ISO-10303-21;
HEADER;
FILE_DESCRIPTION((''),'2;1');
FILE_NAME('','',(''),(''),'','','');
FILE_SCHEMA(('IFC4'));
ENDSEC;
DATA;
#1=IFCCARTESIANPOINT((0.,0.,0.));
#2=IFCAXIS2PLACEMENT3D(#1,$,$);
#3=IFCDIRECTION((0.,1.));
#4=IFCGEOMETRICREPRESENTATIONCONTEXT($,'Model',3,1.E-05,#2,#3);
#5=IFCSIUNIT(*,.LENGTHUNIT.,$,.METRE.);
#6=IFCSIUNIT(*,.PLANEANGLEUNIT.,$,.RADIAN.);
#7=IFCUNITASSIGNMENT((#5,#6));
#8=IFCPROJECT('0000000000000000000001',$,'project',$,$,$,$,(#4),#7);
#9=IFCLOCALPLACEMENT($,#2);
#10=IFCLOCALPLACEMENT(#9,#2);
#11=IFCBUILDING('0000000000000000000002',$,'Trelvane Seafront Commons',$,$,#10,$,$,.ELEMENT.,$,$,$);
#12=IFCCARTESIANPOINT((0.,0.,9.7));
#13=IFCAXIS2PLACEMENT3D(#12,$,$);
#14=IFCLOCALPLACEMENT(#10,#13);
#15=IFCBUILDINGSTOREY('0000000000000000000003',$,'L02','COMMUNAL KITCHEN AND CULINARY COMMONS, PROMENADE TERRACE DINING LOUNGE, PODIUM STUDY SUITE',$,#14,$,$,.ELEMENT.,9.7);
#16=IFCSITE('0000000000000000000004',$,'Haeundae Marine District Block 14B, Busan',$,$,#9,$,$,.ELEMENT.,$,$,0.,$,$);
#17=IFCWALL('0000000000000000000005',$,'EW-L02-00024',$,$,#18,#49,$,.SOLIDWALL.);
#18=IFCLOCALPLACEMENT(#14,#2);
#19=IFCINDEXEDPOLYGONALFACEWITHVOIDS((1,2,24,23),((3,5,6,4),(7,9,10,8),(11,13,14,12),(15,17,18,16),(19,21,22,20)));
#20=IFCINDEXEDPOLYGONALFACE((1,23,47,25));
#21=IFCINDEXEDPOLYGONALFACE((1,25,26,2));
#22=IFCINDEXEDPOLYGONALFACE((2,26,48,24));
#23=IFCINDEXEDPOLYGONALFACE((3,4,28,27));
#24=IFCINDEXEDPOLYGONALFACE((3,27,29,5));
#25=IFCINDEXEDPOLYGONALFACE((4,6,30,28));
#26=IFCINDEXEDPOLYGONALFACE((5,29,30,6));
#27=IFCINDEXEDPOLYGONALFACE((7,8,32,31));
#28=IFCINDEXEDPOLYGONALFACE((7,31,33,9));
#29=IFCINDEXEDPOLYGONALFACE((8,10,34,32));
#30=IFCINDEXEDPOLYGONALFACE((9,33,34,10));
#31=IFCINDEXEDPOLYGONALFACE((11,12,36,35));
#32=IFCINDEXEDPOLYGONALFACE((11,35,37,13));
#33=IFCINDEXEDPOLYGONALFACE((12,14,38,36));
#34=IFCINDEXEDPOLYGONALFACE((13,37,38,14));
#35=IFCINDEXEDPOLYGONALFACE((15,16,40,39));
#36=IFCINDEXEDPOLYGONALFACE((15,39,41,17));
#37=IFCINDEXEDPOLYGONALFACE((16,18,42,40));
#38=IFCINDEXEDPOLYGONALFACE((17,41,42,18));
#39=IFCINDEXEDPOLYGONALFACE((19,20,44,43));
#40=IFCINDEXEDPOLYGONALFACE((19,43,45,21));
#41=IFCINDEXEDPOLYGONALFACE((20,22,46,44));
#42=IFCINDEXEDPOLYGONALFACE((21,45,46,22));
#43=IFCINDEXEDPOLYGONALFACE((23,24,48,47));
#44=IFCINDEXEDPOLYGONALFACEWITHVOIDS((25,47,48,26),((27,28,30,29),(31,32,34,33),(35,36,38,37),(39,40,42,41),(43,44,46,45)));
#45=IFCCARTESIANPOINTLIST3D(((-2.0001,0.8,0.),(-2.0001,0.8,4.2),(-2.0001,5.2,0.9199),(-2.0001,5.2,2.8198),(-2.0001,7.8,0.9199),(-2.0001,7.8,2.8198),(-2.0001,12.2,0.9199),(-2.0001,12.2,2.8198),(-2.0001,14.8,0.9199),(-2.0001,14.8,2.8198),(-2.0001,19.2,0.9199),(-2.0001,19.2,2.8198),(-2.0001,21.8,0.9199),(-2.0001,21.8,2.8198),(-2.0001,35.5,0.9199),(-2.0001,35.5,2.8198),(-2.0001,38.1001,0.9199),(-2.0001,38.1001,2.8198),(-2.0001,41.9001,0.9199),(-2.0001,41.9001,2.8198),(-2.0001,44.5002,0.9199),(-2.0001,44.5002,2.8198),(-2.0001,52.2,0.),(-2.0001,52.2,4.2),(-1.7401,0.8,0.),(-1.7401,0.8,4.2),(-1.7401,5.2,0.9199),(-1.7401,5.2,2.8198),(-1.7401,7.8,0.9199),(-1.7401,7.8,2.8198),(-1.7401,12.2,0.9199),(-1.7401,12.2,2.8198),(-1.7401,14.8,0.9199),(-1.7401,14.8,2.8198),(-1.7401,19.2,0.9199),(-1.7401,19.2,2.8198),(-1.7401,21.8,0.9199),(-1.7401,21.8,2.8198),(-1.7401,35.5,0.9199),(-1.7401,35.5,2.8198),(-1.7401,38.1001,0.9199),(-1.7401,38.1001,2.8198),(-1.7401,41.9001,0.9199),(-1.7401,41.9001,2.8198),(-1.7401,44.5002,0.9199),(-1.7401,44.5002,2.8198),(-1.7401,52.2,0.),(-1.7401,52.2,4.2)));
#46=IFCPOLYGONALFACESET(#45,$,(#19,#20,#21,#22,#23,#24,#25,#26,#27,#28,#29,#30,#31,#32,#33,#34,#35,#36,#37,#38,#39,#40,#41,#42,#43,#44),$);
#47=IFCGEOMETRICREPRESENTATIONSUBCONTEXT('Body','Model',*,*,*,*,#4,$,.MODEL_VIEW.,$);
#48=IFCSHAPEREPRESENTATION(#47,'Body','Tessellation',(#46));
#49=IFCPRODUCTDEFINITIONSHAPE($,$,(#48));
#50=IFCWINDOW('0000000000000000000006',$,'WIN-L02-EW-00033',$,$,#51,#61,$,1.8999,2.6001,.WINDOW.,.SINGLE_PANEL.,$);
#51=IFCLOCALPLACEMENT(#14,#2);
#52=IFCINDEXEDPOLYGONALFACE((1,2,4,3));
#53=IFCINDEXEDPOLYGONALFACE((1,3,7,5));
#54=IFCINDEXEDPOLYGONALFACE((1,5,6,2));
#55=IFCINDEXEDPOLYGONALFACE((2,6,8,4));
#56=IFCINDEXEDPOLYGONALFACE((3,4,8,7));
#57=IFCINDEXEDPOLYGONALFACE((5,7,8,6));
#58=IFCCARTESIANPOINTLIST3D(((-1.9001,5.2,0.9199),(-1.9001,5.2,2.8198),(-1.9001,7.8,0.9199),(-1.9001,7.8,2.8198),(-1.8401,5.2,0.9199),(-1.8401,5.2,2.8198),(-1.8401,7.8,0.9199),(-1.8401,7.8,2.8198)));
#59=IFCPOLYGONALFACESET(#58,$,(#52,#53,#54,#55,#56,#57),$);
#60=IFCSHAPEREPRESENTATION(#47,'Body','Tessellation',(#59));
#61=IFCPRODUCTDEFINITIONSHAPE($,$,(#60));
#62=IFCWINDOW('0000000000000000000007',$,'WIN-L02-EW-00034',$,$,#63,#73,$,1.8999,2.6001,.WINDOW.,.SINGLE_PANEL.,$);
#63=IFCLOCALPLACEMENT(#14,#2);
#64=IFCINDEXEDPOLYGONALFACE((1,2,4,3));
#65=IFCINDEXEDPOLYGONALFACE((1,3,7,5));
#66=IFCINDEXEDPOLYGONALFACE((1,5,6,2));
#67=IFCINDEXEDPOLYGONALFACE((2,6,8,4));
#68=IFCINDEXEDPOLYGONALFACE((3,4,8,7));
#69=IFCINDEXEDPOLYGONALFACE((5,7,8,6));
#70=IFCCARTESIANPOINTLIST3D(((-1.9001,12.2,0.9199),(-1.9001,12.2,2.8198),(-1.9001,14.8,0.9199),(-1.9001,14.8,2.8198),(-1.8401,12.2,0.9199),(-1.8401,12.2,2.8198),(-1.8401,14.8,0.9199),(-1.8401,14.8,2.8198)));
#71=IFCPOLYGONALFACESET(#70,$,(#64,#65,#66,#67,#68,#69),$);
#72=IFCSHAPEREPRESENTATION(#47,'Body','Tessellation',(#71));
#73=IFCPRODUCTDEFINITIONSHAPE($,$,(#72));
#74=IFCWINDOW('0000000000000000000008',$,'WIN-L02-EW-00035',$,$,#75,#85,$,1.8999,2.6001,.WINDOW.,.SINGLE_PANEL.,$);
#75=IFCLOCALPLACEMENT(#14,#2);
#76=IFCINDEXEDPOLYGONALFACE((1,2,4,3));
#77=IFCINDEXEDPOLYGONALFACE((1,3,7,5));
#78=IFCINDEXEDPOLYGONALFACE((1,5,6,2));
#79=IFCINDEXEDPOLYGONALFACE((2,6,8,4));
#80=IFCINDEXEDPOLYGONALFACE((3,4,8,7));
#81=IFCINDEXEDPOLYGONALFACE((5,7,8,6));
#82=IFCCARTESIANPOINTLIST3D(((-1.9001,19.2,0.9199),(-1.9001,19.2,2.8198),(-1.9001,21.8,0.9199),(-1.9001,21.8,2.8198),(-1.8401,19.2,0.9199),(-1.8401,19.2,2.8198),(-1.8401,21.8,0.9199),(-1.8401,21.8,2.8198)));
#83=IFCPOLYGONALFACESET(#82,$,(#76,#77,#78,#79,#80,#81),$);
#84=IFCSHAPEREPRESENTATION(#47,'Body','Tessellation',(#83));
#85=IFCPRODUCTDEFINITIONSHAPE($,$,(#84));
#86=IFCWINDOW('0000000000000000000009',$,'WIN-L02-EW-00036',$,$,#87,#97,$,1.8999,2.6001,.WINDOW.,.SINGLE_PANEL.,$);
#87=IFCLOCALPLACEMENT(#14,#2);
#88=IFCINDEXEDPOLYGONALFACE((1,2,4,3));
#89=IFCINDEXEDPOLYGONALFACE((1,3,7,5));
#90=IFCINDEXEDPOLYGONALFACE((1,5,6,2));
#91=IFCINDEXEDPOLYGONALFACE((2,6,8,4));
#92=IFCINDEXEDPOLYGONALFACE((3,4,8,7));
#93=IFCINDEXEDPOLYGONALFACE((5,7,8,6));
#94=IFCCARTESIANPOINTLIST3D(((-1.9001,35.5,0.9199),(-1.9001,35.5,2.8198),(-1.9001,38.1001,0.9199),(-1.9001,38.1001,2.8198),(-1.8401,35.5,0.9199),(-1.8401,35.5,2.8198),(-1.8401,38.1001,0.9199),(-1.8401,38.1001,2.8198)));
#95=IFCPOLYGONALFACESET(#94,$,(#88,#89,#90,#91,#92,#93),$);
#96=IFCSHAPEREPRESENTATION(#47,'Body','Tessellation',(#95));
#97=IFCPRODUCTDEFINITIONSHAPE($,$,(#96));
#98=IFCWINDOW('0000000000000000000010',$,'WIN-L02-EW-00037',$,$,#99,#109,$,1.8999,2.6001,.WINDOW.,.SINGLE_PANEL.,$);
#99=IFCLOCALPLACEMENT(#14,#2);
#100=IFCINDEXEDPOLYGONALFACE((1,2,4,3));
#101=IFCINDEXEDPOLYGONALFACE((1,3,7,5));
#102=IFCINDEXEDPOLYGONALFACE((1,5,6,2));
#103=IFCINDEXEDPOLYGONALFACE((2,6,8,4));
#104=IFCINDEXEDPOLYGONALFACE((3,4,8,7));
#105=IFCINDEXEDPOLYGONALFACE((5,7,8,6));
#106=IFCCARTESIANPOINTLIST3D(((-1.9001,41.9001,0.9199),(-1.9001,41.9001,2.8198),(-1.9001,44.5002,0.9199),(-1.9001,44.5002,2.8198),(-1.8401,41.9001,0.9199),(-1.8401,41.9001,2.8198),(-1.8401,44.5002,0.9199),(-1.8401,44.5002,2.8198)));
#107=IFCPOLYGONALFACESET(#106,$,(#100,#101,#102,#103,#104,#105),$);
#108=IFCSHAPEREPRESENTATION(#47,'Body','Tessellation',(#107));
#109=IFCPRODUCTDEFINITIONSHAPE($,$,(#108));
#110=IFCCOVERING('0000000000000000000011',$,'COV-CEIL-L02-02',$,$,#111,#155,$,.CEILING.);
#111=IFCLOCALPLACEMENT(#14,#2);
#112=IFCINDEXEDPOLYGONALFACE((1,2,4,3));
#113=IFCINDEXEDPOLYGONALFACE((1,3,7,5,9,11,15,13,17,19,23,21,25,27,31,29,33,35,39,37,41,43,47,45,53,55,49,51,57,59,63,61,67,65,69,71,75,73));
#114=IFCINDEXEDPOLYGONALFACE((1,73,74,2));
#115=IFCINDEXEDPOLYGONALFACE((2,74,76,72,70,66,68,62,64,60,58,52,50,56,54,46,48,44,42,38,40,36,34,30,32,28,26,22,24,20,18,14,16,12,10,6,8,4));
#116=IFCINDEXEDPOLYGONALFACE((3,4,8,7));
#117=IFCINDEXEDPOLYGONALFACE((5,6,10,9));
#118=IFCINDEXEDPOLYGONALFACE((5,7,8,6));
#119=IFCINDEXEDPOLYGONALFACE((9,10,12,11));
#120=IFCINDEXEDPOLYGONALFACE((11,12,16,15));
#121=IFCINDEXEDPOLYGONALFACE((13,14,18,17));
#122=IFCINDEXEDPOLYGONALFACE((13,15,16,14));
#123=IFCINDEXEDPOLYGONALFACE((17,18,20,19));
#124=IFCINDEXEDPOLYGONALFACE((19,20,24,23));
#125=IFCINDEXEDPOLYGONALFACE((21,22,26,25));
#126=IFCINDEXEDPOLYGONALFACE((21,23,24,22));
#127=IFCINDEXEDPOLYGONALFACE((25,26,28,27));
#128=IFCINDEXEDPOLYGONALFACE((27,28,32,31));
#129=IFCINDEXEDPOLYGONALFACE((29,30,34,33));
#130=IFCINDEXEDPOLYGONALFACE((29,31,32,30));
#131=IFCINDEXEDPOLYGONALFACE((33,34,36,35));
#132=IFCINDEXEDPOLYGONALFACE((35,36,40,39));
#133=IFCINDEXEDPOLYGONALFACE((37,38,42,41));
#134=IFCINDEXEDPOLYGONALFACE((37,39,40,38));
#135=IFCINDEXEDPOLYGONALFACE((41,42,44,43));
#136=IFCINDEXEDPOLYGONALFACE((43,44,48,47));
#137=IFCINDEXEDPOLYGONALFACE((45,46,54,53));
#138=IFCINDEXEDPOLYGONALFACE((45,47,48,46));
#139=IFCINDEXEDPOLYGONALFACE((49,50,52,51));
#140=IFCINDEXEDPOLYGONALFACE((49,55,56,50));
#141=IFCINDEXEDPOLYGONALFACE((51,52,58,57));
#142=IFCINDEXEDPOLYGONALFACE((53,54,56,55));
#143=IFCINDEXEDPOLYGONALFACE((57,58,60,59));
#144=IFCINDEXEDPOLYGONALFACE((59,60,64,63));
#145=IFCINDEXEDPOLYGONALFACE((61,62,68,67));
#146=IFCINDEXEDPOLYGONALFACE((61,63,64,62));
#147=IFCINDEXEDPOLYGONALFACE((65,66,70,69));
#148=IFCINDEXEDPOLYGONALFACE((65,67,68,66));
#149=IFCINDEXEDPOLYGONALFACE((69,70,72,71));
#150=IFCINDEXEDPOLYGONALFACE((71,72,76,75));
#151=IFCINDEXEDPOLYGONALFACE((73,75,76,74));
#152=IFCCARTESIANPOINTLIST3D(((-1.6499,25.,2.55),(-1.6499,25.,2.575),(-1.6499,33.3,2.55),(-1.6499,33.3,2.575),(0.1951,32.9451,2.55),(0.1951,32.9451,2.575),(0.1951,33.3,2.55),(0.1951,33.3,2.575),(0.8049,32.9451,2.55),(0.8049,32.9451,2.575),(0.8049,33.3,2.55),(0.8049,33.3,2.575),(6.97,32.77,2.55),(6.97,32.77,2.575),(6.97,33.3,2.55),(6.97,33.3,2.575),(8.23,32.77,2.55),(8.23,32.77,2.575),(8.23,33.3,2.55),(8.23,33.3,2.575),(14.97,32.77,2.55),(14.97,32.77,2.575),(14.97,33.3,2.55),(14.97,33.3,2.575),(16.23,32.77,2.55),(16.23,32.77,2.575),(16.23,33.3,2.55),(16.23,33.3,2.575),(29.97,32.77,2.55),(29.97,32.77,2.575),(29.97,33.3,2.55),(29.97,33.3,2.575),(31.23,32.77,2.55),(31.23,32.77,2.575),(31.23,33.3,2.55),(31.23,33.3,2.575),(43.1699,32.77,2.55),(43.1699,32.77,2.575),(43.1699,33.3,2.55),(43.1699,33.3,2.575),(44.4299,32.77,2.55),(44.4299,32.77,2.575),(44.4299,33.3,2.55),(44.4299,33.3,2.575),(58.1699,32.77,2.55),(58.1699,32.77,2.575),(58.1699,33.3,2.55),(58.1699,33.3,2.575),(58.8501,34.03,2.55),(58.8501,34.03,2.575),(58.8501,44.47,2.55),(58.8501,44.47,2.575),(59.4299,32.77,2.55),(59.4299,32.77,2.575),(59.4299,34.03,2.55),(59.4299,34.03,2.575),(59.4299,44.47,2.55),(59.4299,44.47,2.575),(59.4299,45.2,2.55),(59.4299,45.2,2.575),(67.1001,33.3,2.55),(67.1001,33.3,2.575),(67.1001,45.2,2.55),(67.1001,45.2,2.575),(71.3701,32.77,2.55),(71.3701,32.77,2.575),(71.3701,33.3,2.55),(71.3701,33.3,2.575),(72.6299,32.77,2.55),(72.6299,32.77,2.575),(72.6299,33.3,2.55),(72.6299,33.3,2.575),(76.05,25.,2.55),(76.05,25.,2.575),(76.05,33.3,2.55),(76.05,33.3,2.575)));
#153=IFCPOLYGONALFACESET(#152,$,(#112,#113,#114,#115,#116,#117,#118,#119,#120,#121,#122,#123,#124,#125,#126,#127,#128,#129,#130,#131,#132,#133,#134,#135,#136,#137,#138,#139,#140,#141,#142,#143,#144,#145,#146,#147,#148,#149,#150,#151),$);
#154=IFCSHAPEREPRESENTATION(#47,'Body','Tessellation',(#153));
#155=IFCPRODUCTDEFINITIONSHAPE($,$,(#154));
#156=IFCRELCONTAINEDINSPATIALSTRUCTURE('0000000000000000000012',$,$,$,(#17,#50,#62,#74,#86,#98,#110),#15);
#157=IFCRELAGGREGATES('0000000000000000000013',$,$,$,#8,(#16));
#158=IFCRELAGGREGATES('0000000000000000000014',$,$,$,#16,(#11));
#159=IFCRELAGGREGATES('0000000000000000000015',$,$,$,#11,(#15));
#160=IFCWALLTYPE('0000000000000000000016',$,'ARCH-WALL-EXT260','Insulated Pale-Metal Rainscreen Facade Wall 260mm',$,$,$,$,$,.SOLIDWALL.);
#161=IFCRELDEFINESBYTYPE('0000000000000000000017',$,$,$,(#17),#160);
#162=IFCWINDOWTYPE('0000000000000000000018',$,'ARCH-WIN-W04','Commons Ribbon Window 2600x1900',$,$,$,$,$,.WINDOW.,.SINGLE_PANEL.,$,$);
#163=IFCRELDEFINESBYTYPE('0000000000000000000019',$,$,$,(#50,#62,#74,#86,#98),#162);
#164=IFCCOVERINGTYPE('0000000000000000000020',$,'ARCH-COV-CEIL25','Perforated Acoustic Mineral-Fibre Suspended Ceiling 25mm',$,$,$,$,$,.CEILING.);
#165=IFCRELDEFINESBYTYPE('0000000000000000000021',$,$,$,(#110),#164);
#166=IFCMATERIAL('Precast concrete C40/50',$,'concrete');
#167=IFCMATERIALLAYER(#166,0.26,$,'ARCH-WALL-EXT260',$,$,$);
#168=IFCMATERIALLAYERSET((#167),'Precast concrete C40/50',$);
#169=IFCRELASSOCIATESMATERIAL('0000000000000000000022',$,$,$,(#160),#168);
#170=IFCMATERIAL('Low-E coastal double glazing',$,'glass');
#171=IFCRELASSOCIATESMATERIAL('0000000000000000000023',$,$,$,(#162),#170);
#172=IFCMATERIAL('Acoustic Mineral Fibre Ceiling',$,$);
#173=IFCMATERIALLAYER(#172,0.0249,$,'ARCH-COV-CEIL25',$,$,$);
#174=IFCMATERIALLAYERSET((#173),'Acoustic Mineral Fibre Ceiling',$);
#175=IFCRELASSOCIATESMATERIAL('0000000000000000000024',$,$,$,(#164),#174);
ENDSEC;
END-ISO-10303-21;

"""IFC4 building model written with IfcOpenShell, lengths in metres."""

from ifc_helpers import new_model, si_unit, direction, frame, frame_2d, origin, place, context, subcontext, project, spatial, polyline, rectangle, outline, extrude, source, transform, mapped, material, layer, layer_set, type_object, element, fill, save


model = new_model("IFC4")

# Units and contexts
model_context = context("Model", 3, precision=1e-05, world=origin(), true_north=direction((0.0, 1.0)))
body_context = subcontext(model_context, "Body", "Model", "MODEL_VIEW")
ifc_project = project(units=[si_unit("LENGTHUNIT", "METRE"), si_unit("PLANEANGLEUNIT", "RADIAN")], contexts=[model_context])

# Site, building, storey
site_placement = place(None, origin())
site = spatial("IfcSite", under=ifc_project, at=site_placement, Name="Haeundae Marine District Block 14B, Busan", CompositionType="ELEMENT", RefElevation=0.0)
building_placement = place(site_placement, origin())
building = spatial("IfcBuilding", under=site, at=building_placement, Name="Trelvane Seafront Commons", CompositionType="ELEMENT")
storey_placement = place(building_placement, frame((0.0, 0.0, 9.7)))
storey = spatial("IfcBuildingStorey", under=building, at=storey_placement, Name="L02", Description="COMMUNAL KITCHEN AND CULINARY COMMONS, PROMENADE TERRACE DINING LOUNGE, PODIUM STUDY SUITE", CompositionType="ELEMENT", Elevation=9.7)

# Wall, openings, windows
ifc_material_1 = material(Name="Precast concrete C40/50", Category="concrete")
ifc_layer_1 = layer(ifc_material_1, 0.26, Name="ARCH-WALL-EXT260")
ifc_layer_set_1 = layer_set([ifc_layer_1], Name="Precast concrete C40/50")
wall_type = type_object("IfcWallType", Name="ARCH-WALL-EXT260", Description="Insulated Pale-Metal Rainscreen Facade Wall 260mm", PredefinedType="SOLIDWALL", material=ifc_layer_set_1)
wall_placement = place(storey_placement, frame((-1.8701, 0.8, 0.0), z_axis=(0.0, 0.0, 1.0), x_axis=(0.0, 1.0, 0.0)))
wall = element("IfcWall", 1, at=wall_placement, inside=storey, type_object=wall_type, Name="EW-L02-00024", PredefinedType="SOLIDWALL", context=body_context, shape_type="SweptSolid", body=[
    extrude(rectangle(XDim=51.3999, YDim=0.26, at=frame_2d((25.7, 0.0))), origin(), (0.0, 0.0, 1.0), 4.2),
])
opening_1_placement = place(wall_placement, frame((4.3999, 0.0, 0.9199)))
opening_1 = element("IfcOpeningElement", 2, at=opening_1_placement, cuts=wall, PredefinedType="OPENING", context=body_context, shape_type="SweptSolid", body=[
    extrude(rectangle(XDim=2.6001, YDim=1.8999, at=frame_2d((1.3, 0.95))), frame((0.0, 0.1399, 0.0), z_axis=(0.0, -1.0, 0.0), x_axis=(1.0, 0.0, 0.0)), (0.0, 0.0, 1.0), 0.28),
])
opening_2_placement = place(wall_placement, frame((11.3999, 0.0, 0.9199)))
opening_2 = element("IfcOpeningElement", 3, at=opening_2_placement, cuts=wall, PredefinedType="OPENING", context=body_context, shape_type="SweptSolid", body=[
    extrude(rectangle(XDim=2.6001, YDim=1.8999, at=frame_2d((1.3, 0.95))), frame((0.0, 0.1399, 0.0), z_axis=(0.0, -1.0, 0.0), x_axis=(1.0, 0.0, 0.0)), (0.0, 0.0, 1.0), 0.28),
])
opening_3_placement = place(wall_placement, frame((18.3999, 0.0, 0.9199)))
opening_3 = element("IfcOpeningElement", 4, at=opening_3_placement, cuts=wall, PredefinedType="OPENING", context=body_context, shape_type="SweptSolid", body=[
    extrude(rectangle(XDim=2.6001, YDim=1.8999, at=frame_2d((1.3, 0.95))), frame((0.0, 0.1399, 0.0), z_axis=(0.0, -1.0, 0.0), x_axis=(1.0, 0.0, 0.0)), (0.0, 0.0, 1.0), 0.28),
])
opening_4_placement = place(wall_placement, frame((34.7, 0.0, 0.9199)))
opening_4 = element("IfcOpeningElement", 5, at=opening_4_placement, cuts=wall, PredefinedType="OPENING", context=body_context, shape_type="SweptSolid", body=[
    extrude(rectangle(XDim=2.6001, YDim=1.8999, at=frame_2d((1.3, 0.95))), frame((0.0, 0.1399, 0.0), z_axis=(0.0, -1.0, 0.0), x_axis=(1.0, 0.0, 0.0)), (0.0, 0.0, 1.0), 0.28),
])
opening_5_placement = place(wall_placement, frame((41.1001, 0.0, 0.9199)))
opening_5 = element("IfcOpeningElement", 6, at=opening_5_placement, cuts=wall, PredefinedType="OPENING", context=body_context, shape_type="SweptSolid", body=[
    extrude(rectangle(XDim=2.6001, YDim=1.8999, at=frame_2d((1.3, 0.95))), frame((0.0, 0.1399, 0.0), z_axis=(0.0, -1.0, 0.0), x_axis=(1.0, 0.0, 0.0)), (0.0, 0.0, 1.0), 0.28),
])
ifc_material_2 = material(Name="Low-E coastal double glazing", Category="glass")
window_type = type_object("IfcWindowType", Name="ARCH-WIN-W04", Description="Commons Ribbon Window 2600x1900", PartitioningType="SINGLE_PANEL", PredefinedType="WINDOW", material=ifc_material_2)
shared_shape_1 = source(origin(), body_context, "Body", "SweptSolid", [
    extrude(rectangle(XDim=2.6001, YDim=1.8999, at=frame_2d((1.3, 0.95))), frame((0.0, 0.03, 0.0), z_axis=(0.0, -1.0, 0.0), x_axis=(1.0, 0.0, 0.0)), (0.0, 0.0, 1.0), 0.0601),
])
window_1_placement = place(opening_1_placement, origin())
window_1 = element("IfcWindow", 7, at=window_1_placement, inside=storey, type_object=window_type, Name="WIN-L02-EW-00033", OverallHeight=1.8999, OverallWidth=2.6001, PartitioningType="SINGLE_PANEL", PredefinedType="WINDOW", context=body_context, shape_type="MappedRepresentation", body=[
    mapped(shared_shape_1, transform((0.0, 0.0, 0.0), x_axis=(1.0, 0.0, 0.0), y_axis=(0.0, 1.0, 0.0), z_axis=(0.0, 0.0, 1.0), scale=1.0)),
])
fill(opening_1, window_1)
window_2_placement = place(opening_2_placement, origin())
window_2 = element("IfcWindow", 8, at=window_2_placement, inside=storey, type_object=window_type, Name="WIN-L02-EW-00034", OverallHeight=1.8999, OverallWidth=2.6001, PartitioningType="SINGLE_PANEL", PredefinedType="WINDOW", context=body_context, shape_type="MappedRepresentation", body=[
    mapped(shared_shape_1, transform((0.0, 0.0, 0.0), x_axis=(1.0, 0.0, 0.0), y_axis=(0.0, 1.0, 0.0), z_axis=(0.0, 0.0, 1.0), scale=1.0)),
])
fill(opening_2, window_2)
window_3_placement = place(opening_3_placement, origin())
window_3 = element("IfcWindow", 9, at=window_3_placement, inside=storey, type_object=window_type, Name="WIN-L02-EW-00035", OverallHeight=1.8999, OverallWidth=2.6001, PartitioningType="SINGLE_PANEL", PredefinedType="WINDOW", context=body_context, shape_type="MappedRepresentation", body=[
    mapped(shared_shape_1, transform((0.0, 0.0, 0.0), x_axis=(1.0, 0.0, 0.0), y_axis=(0.0, 1.0, 0.0), z_axis=(0.0, 0.0, 1.0), scale=1.0)),
])
fill(opening_3, window_3)
window_4_placement = place(opening_4_placement, origin())
window_4 = element("IfcWindow", 10, at=window_4_placement, inside=storey, type_object=window_type, Name="WIN-L02-EW-00036", OverallHeight=1.8999, OverallWidth=2.6001, PartitioningType="SINGLE_PANEL", PredefinedType="WINDOW", context=body_context, shape_type="MappedRepresentation", body=[
    mapped(shared_shape_1, transform((0.0, 0.0, 0.0), x_axis=(1.0, 0.0, 0.0), y_axis=(0.0, 1.0, 0.0), z_axis=(0.0, 0.0, 1.0), scale=1.0)),
])
fill(opening_4, window_4)
window_5_placement = place(opening_5_placement, origin())
window_5 = element("IfcWindow", 11, at=window_5_placement, inside=storey, type_object=window_type, Name="WIN-L02-EW-00037", OverallHeight=1.8999, OverallWidth=2.6001, PartitioningType="SINGLE_PANEL", PredefinedType="WINDOW", context=body_context, shape_type="MappedRepresentation", body=[
    mapped(shared_shape_1, transform((0.0, 0.0, 0.0), x_axis=(1.0, 0.0, 0.0), y_axis=(0.0, 1.0, 0.0), z_axis=(0.0, 0.0, 1.0), scale=1.0)),
])
fill(opening_5, window_5)

# Covering
ifc_material_3 = material(Name="Acoustic Mineral Fibre Ceiling")
ifc_layer_2 = layer(ifc_material_3, 0.0249, Name="ARCH-COV-CEIL25")
ifc_layer_set_2 = layer_set([ifc_layer_2], Name="Acoustic Mineral Fibre Ceiling")
covering_type_1 = type_object("IfcCoveringType", Name="ARCH-COV-CEIL25", Description="Perforated Acoustic Mineral-Fibre Suspended Ceiling 25mm", PredefinedType="CEILING", material=ifc_layer_set_2)
covering_1_placement = place(storey_placement, frame((0.0, 0.0, 2.55)))
element("IfcCovering", 12, at=covering_1_placement, inside=storey, type_object=covering_type_1, Name="COV-CEIL-L02-02", PredefinedType="CEILING", context=body_context, shape_type="SweptSolid", body=[
    extrude(outline(polyline([(72.6299, 33.3), (72.6299, 32.77), (71.3701, 32.77), (71.3701, 33.3), (67.1001, 33.3), (67.1001, 45.2), (59.4299, 45.2), (59.4299, 44.47), (58.8501, 44.47), (58.8501, 34.03), (59.4299, 34.03), (59.4299, 32.77), (58.1699, 32.77), (58.1699, 33.3), (44.4299, 33.3), (44.4299, 32.77), (43.1699, 32.77), (43.1699, 33.3), (31.23, 33.3), (31.23, 32.77), (29.97, 32.77), (29.97, 33.3), (16.23, 33.3), (16.23, 32.77), (14.97, 32.77), (14.97, 33.3), (8.23, 33.3), (8.23, 32.77), (6.97, 32.77), (6.97, 33.3), (0.8049, 33.3), (0.8049, 32.9451), (0.1951, 32.9451), (0.1951, 33.3), (-1.6499, 33.3), (-1.6499, 25.0), (76.05, 25.0), (76.05, 33.3), (72.6299, 33.3)])), origin(), (0.0, 0.0, 1.0), 0.0249),
])

save(model, "model.ifc")
